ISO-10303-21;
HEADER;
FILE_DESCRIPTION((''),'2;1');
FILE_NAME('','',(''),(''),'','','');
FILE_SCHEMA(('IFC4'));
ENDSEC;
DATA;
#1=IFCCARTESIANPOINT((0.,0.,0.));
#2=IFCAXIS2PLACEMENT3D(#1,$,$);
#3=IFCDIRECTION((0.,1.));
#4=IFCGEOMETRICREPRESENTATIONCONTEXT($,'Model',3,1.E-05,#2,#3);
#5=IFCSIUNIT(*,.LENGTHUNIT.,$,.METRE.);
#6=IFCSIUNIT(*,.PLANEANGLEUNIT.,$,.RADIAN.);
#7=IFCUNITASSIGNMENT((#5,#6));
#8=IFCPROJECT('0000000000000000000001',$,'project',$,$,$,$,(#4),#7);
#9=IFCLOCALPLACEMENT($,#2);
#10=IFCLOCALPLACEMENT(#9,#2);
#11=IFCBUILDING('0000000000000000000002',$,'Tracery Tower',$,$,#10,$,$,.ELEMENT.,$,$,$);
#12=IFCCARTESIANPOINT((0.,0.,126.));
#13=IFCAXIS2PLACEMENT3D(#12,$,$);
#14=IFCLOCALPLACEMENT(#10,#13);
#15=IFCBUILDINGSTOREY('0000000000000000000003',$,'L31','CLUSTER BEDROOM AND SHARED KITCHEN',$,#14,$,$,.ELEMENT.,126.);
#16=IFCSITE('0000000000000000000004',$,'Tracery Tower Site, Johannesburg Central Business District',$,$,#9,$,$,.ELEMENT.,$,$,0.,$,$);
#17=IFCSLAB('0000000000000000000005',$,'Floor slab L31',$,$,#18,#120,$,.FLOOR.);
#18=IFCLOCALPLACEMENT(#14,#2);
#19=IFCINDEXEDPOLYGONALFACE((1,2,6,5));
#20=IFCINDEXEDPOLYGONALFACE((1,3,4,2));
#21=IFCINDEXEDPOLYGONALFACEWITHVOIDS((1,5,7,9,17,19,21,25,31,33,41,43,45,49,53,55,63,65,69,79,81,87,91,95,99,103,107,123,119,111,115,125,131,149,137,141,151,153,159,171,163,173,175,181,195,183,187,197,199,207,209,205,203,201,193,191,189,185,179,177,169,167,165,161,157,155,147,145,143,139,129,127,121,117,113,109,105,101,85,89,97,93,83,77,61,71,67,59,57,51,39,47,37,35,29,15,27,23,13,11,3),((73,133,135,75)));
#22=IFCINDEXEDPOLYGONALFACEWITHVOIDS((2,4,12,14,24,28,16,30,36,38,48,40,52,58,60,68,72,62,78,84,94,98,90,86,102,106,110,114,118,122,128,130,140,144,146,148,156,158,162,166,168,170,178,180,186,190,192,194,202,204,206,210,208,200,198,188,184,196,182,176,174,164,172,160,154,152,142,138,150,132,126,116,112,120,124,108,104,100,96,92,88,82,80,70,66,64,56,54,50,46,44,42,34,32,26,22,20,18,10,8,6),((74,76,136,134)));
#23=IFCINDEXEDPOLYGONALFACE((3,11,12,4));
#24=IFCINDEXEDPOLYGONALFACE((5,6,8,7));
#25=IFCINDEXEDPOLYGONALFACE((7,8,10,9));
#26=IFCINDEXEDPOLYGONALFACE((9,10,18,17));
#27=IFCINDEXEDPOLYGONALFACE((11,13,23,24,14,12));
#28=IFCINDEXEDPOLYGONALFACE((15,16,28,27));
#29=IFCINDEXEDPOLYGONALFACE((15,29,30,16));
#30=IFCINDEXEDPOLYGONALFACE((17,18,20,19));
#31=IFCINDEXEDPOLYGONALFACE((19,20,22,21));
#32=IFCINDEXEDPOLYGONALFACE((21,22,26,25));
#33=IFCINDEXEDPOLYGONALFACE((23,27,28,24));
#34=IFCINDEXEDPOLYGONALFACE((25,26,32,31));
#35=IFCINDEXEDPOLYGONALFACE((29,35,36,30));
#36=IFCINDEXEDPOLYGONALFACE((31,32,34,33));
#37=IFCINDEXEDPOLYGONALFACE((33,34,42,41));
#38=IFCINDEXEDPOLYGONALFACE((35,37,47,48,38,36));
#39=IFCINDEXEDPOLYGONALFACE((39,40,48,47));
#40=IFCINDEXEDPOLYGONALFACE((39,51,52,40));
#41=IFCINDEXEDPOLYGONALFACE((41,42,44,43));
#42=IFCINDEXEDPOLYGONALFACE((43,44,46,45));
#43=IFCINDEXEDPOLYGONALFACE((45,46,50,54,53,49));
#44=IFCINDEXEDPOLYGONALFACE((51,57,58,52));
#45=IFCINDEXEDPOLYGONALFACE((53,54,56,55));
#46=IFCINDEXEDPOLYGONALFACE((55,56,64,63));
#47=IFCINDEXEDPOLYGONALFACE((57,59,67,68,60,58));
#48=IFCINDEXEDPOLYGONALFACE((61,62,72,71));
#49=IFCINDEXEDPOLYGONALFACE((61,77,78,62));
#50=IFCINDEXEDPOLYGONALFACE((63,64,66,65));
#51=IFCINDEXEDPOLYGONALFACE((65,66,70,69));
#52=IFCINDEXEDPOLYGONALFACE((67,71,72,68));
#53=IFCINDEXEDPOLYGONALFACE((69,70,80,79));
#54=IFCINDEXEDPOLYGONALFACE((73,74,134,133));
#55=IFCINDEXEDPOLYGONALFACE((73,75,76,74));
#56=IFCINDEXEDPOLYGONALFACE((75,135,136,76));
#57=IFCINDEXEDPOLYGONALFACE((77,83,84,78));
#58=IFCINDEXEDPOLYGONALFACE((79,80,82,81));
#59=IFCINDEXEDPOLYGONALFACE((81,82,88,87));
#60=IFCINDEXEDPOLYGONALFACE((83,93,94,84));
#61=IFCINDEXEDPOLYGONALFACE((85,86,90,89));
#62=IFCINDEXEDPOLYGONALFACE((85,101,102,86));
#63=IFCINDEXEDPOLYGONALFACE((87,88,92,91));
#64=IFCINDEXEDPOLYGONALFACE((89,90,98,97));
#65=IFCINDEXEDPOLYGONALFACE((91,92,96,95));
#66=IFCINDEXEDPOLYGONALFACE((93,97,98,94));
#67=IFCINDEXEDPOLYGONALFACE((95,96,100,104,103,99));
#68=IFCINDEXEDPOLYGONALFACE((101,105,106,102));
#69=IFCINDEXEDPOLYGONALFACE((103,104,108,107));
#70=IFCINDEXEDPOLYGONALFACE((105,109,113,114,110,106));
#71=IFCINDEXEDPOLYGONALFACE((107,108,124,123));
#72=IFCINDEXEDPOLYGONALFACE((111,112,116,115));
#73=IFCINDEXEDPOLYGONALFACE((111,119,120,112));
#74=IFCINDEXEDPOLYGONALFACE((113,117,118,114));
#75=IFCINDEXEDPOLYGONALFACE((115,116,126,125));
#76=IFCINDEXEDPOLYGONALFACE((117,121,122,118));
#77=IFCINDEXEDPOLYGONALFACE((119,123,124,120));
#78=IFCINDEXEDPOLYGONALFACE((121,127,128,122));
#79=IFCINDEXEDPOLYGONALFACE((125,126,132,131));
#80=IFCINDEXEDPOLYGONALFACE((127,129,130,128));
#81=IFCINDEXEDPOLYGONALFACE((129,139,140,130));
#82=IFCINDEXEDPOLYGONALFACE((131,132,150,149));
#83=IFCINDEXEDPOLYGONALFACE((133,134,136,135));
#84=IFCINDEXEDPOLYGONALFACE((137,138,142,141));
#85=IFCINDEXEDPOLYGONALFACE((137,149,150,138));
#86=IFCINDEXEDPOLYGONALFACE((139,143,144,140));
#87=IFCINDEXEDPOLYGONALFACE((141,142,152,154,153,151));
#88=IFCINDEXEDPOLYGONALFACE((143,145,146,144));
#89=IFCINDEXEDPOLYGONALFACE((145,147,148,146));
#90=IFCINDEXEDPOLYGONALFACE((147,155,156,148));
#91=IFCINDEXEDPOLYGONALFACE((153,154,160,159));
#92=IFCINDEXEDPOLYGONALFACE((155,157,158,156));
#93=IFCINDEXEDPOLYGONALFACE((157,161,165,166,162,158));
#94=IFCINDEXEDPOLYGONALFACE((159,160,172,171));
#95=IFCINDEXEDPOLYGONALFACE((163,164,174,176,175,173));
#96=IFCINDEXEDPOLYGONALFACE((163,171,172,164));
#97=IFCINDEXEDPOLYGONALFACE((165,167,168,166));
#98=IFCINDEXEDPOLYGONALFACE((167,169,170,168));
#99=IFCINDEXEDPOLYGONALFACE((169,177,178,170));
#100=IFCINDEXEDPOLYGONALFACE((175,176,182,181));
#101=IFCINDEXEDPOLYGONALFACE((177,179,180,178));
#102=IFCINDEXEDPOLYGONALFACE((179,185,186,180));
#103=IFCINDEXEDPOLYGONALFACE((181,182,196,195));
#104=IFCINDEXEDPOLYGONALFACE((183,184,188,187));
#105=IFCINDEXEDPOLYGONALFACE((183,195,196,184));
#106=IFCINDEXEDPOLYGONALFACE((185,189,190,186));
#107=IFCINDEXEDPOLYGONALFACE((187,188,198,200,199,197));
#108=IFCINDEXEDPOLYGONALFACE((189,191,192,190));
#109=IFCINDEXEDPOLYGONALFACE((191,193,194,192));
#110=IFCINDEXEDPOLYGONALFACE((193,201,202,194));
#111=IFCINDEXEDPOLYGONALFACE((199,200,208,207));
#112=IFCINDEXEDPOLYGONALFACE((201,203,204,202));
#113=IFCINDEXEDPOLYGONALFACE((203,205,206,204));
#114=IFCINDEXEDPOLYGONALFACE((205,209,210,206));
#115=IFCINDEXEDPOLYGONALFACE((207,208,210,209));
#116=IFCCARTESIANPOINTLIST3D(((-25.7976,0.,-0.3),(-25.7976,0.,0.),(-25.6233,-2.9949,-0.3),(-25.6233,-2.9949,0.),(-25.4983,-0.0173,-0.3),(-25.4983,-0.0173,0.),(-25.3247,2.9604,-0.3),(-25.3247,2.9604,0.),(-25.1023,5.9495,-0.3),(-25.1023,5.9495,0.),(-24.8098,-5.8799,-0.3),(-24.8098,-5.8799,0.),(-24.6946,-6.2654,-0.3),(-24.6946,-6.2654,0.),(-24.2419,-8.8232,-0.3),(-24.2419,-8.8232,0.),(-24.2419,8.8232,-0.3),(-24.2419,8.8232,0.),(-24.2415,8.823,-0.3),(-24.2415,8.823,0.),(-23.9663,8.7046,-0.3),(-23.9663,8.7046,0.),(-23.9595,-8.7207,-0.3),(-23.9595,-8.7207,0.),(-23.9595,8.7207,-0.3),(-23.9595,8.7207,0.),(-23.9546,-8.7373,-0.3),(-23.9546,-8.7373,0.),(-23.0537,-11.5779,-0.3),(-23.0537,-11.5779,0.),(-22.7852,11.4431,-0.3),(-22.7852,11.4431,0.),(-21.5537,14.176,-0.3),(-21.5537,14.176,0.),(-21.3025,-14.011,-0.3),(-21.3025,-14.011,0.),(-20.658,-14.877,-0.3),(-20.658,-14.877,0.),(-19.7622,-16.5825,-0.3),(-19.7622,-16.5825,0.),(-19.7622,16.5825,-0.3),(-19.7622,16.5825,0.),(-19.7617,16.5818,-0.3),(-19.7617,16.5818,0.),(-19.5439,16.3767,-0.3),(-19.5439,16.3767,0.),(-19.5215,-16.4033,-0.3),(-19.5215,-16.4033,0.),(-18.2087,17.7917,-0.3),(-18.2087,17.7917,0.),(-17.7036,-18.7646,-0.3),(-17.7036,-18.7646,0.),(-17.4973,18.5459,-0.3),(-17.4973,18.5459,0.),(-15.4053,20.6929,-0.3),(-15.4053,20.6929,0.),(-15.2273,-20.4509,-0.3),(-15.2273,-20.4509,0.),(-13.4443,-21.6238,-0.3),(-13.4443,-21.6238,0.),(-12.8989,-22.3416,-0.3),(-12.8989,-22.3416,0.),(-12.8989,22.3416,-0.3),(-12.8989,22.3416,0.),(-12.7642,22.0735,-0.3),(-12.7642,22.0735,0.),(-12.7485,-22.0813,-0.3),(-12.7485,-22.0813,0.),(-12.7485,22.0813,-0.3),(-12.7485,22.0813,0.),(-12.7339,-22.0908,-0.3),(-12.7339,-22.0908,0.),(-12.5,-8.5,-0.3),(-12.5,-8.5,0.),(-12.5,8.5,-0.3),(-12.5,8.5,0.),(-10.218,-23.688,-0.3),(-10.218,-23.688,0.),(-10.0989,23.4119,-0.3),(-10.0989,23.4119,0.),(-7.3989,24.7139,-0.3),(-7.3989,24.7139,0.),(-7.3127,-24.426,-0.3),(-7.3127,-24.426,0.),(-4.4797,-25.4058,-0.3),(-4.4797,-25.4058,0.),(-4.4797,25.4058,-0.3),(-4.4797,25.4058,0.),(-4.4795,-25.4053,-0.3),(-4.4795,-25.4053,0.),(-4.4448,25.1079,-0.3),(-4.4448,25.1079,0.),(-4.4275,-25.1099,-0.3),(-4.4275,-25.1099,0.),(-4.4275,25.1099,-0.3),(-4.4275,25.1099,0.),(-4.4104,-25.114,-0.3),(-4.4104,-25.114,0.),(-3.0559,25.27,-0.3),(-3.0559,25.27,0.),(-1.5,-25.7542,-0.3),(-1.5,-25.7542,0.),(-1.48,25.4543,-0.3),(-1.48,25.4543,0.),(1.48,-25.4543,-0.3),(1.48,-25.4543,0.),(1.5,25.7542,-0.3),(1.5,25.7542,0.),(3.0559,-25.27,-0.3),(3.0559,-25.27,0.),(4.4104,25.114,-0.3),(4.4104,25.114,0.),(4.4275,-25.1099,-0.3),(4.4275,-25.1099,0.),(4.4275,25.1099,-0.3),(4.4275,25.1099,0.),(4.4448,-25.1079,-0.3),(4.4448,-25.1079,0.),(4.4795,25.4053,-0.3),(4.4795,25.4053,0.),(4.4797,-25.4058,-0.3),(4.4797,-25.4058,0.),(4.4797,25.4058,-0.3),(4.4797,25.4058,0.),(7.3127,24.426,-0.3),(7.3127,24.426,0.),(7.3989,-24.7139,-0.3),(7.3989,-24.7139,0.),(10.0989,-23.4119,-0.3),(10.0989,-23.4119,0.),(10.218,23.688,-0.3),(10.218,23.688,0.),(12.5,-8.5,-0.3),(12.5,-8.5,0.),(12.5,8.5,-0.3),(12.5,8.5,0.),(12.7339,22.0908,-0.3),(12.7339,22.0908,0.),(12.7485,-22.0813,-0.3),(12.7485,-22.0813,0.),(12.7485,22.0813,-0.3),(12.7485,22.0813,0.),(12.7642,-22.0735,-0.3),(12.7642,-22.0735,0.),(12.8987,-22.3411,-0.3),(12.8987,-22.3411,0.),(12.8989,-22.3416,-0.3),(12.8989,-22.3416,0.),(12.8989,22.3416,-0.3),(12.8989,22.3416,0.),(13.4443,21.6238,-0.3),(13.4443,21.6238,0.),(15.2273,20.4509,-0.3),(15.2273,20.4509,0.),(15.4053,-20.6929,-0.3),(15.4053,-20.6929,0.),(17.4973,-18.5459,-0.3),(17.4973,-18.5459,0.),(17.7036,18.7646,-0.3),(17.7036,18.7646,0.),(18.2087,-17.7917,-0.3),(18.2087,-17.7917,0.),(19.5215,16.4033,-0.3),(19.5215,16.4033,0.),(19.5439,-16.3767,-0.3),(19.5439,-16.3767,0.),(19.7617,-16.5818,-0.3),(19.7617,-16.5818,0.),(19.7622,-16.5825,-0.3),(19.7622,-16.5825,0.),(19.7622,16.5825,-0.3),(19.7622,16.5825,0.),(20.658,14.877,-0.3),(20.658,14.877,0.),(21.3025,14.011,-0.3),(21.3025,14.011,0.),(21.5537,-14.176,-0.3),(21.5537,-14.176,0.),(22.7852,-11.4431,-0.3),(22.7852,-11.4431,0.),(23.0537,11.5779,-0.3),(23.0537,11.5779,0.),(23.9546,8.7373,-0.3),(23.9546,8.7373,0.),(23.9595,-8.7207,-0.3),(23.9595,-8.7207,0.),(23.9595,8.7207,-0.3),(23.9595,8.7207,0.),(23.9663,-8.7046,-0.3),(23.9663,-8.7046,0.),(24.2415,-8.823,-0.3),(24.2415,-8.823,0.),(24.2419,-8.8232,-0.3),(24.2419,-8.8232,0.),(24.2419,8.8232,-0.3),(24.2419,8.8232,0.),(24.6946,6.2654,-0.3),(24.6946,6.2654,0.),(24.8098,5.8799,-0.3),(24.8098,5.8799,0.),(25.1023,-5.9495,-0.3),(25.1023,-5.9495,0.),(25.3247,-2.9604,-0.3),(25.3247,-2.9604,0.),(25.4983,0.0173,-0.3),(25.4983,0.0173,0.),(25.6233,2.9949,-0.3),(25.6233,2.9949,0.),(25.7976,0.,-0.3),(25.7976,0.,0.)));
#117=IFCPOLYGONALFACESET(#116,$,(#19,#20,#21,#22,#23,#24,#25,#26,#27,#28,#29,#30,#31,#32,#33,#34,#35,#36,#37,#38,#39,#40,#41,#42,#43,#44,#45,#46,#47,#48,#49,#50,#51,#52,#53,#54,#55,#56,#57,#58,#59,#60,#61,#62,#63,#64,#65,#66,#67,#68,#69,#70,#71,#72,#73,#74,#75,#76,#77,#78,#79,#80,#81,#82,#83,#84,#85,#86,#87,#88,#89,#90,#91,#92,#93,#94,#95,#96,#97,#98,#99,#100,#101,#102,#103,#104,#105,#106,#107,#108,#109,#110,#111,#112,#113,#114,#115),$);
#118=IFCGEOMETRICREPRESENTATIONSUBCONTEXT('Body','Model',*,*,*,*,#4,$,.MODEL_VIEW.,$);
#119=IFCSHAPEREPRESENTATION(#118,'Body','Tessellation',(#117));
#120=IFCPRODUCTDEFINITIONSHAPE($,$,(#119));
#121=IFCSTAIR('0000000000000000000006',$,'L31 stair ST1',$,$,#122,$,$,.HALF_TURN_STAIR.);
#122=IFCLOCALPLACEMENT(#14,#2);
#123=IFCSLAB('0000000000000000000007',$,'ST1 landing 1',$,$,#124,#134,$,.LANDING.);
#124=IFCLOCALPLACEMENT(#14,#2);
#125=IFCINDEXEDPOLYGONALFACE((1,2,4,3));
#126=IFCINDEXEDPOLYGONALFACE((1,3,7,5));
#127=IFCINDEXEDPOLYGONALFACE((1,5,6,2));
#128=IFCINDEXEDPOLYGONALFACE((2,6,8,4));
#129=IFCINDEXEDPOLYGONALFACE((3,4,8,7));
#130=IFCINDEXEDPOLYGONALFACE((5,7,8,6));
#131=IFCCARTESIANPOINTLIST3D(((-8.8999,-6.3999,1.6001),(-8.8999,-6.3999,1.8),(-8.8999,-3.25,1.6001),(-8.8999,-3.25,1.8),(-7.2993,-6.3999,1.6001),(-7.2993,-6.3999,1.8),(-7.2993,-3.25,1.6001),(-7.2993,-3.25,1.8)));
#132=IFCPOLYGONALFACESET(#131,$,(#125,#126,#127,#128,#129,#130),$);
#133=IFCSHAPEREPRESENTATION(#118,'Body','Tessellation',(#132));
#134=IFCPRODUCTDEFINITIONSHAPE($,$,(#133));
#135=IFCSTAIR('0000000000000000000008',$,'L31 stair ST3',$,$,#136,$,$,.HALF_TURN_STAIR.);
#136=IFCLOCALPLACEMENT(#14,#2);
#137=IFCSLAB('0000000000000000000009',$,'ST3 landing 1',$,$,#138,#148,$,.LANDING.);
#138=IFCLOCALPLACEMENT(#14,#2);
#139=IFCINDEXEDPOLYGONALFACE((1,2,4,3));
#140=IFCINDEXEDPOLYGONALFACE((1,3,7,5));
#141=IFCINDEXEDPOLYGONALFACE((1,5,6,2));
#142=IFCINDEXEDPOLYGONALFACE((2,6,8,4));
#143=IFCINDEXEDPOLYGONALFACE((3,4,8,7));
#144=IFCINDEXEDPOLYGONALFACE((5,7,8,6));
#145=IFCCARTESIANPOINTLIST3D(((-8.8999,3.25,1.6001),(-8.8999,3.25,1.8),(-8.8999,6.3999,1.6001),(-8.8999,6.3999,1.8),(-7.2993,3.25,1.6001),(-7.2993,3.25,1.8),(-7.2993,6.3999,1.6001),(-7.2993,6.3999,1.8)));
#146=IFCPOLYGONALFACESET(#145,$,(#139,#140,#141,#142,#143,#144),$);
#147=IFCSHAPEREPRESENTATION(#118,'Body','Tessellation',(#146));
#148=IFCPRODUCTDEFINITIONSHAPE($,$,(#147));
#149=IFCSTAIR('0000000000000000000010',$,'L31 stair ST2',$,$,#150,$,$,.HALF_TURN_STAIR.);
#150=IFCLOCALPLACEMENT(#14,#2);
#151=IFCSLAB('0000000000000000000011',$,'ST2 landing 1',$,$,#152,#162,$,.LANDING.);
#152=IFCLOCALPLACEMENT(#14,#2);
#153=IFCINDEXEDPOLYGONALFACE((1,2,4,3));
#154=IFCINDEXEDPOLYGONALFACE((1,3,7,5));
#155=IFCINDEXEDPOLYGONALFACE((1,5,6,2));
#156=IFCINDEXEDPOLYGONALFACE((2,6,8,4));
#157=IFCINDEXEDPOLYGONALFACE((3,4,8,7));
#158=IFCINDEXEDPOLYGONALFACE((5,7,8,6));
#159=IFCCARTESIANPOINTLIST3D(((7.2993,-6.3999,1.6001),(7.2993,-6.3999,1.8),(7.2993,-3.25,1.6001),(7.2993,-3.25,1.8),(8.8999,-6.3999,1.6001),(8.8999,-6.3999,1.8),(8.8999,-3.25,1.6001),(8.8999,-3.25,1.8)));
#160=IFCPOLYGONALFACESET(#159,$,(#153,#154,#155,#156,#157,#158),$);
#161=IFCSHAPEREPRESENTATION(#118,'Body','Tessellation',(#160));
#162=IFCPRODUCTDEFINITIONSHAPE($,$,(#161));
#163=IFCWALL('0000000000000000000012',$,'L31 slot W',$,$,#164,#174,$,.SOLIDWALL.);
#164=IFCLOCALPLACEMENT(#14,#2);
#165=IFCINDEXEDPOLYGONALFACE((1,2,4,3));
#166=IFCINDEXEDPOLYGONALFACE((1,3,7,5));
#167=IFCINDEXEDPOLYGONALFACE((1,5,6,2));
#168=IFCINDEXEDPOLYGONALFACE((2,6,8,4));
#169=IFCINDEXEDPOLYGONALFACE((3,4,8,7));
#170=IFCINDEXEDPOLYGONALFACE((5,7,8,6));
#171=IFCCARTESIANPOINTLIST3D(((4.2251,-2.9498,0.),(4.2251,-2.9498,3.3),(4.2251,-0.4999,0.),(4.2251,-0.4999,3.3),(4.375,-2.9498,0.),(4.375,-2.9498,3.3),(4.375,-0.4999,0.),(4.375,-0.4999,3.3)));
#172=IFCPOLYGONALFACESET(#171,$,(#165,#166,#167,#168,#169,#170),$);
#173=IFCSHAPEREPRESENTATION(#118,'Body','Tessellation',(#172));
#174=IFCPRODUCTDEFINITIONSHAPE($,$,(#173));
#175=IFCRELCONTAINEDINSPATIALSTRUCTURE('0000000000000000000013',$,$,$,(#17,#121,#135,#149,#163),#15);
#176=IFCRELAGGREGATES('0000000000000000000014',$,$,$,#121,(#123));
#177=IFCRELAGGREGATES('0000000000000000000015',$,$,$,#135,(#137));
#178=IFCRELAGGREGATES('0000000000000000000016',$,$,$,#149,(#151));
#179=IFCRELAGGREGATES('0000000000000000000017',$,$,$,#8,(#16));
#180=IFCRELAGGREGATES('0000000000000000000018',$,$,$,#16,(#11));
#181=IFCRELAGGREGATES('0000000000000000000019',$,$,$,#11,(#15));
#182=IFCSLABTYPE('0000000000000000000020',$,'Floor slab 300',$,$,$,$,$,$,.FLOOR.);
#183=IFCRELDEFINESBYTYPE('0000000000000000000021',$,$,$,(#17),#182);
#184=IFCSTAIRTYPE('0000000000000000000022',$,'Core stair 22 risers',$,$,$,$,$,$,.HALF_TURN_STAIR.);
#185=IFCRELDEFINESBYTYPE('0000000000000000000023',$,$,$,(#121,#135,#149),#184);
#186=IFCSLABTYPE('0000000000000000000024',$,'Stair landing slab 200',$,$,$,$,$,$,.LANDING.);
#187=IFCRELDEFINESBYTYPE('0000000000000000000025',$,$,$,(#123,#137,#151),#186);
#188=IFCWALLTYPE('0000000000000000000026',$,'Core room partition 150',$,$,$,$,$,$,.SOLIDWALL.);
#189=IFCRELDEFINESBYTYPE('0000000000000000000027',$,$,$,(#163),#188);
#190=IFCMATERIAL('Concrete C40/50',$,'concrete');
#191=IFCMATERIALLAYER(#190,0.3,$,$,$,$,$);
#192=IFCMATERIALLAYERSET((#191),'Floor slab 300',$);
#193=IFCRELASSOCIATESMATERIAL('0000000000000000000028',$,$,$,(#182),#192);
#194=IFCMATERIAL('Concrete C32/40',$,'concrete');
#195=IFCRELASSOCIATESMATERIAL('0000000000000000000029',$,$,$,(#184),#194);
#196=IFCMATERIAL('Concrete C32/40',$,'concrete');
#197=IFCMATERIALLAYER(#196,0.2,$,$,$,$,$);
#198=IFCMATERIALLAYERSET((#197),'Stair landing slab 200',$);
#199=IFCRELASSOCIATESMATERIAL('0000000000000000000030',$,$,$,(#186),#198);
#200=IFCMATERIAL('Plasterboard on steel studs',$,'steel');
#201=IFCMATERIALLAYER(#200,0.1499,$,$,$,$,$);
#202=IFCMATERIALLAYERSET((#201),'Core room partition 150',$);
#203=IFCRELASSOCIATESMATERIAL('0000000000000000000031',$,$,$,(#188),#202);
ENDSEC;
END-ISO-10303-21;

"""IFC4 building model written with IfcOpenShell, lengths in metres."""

from ifc_helpers import new_model, si_unit, direction, frame, frame_2d, origin, place, context, subcontext, project, spatial, polyline, rectangle, outline, extrude, material, layer, layer_set, type_object, element, aggregate, save


model = new_model("IFC4")

# Units and contexts
model_context = context("Model", 3, precision=1e-05, world=origin(), true_north=direction((0.0, 1.0)))
body_context = subcontext(model_context, "Body", "Model", "MODEL_VIEW")
ifc_project = project(units=[si_unit("LENGTHUNIT", "METRE"), si_unit("PLANEANGLEUNIT", "RADIAN")], contexts=[model_context])

# Site, building, storey
site_placement = place(None, origin())
site = spatial("IfcSite", under=ifc_project, at=site_placement, Name="Tracery Tower Site, Johannesburg Central Business District", CompositionType="ELEMENT", RefElevation=0.0)
building_placement = place(site_placement, origin())
building = spatial("IfcBuilding", under=site, at=building_placement, Name="Tracery Tower", CompositionType="ELEMENT")
storey_placement = place(building_placement, frame((0.0, 0.0, 126.0)))
storey = spatial("IfcBuildingStorey", under=building, at=storey_placement, Name="L31", Description="CLUSTER BEDROOM AND SHARED KITCHEN", CompositionType="ELEMENT", Elevation=126.0)

# Slab
ifc_material_1 = material(Name="Concrete C40/50", Category="concrete")
ifc_layer_1 = layer(ifc_material_1, 0.3)
ifc_layer_set_1 = layer_set([ifc_layer_1], Name="Floor slab 300")
slab_type_1 = type_object("IfcSlabType", Name="Floor slab 300", PredefinedType="FLOOR", material=ifc_layer_set_1)
slab_1_placement = place(storey_placement, frame((0.0, 0.0, -0.3)))
element("IfcSlab", 1, at=slab_1_placement, inside=storey, type_object=slab_type_1, Name="Floor slab L31", PredefinedType="FLOOR", context=body_context, shape_type="SweptSolid", body=[
    extrude(outline(polyline([(24.8098, 5.8799), (24.6946, 6.2654), (23.9595, 8.7207), (23.9595, 8.7207), (23.9546, 8.7373), (24.2419, 8.8232), (23.0537, 11.5779), (21.3025, 14.011), (20.658, 14.877), (19.5215, 16.4033), (19.7622, 16.5825), (17.7036, 18.7646), (15.2273, 20.4509), (13.4443, 21.6238), (12.7485, 22.0813), (12.7485, 22.0813), (12.7339, 22.0908), (12.8989, 22.3416), (10.218, 23.688), (7.3127, 24.426), (4.4275, 25.1099), (4.4275, 25.1099), (4.4104, 25.114), (4.4795, 25.4053), (4.4797, 25.4058), (1.5, 25.7542), (-1.48, 25.4543), (-3.0559, 25.27), (-4.4275, 25.1099), (-4.4275, 25.1099), (-4.4448, 25.1079), (-4.4797, 25.4058), (-7.3989, 24.7139), (-10.0989, 23.4119), (-12.7485, 22.0813), (-12.7485, 22.0813), (-12.7642, 22.0735), (-12.8989, 22.3416), (-15.4053, 20.6929), (-17.4973, 18.5459), (-18.2087, 17.7917), (-19.5439, 16.3767), (-19.7617, 16.5818), (-19.7622, 16.5825), (-21.5537, 14.176), (-22.7852, 11.4431), (-23.9595, 8.7207), (-23.9595, 8.7207), (-23.9663, 8.7046), (-24.2415, 8.823), (-24.2419, 8.8232), (-25.1023, 5.9495), (-25.3247, 2.9604), (-25.4983, -0.0173), (-25.7976, 0.0), (-25.7976, 0.0), (-25.6233, -2.9949), (-24.8098, -5.8799), (-24.6946, -6.2654), (-23.9595, -8.7207), (-23.9595, -8.7207), (-23.9546, -8.7373), (-24.2419, -8.8232), (-23.0537, -11.5779), (-21.3025, -14.011), (-20.658, -14.877), (-19.5215, -16.4033), (-19.7622, -16.5825), (-17.7036, -18.7646), (-15.2273, -20.4509), (-13.4443, -21.6238), (-12.7485, -22.0813), (-12.7485, -22.0813), (-12.7339, -22.0908), (-12.8989, -22.3416), (-10.218, -23.688), (-7.3127, -24.426), (-4.4275, -25.1099), (-4.4275, -25.1099), (-4.4104, -25.114), (-4.4795, -25.4053), (-4.4797, -25.4058), (-1.5, -25.7542), (1.48, -25.4543), (3.0559, -25.27), (4.4275, -25.1099), (4.4275, -25.1099), (4.4448, -25.1079), (4.4797, -25.4058), (7.3989, -24.7139), (10.0989, -23.4119), (12.7485, -22.0813), (12.7485, -22.0813), (12.7642, -22.0735), (12.8987, -22.3411), (12.8989, -22.3416), (15.4053, -20.6929), (17.4973, -18.5459), (18.2087, -17.7917), (19.5439, -16.3767), (19.7617, -16.5818), (19.7622, -16.5825), (21.5537, -14.176), (22.7852, -11.4431), (23.9595, -8.7207), (23.9595, -8.7207), (23.9663, -8.7046), (24.2415, -8.823), (24.2419, -8.8232), (25.1023, -5.9495), (25.3247, -2.9604), (25.4983, 0.0173), (25.7976, 0.0), (25.6233, 2.9949), (24.8098, 5.8799)]), holes=[polyline([(-12.5, -8.5), (12.5, -8.5), (12.5, 8.5), (-12.5, 8.5), (-12.5, -8.5)])]), origin(), (0.0, 0.0, 1.0), 0.3),
])

# Stairs, slabs
ifc_material_2 = material(Name="Concrete C32/40", Category="concrete")
stair_type = type_object("IfcStairType", Name="Core stair 22 risers", PredefinedType="HALF_TURN_STAIR", material=ifc_material_2)
stair_1_placement = place(storey_placement, origin())
stair_1 = element("IfcStair", 2, at=stair_1_placement, inside=storey, type_object=stair_type, Name="L31 stair ST1", PredefinedType="HALF_TURN_STAIR")
ifc_material_3 = material(Name="Concrete C32/40", Category="concrete")
ifc_layer_2 = layer(ifc_material_3, 0.2)
ifc_layer_set_2 = layer_set([ifc_layer_2], Name="Stair landing slab 200")
slab_type_2 = type_object("IfcSlabType", Name="Stair landing slab 200", PredefinedType="LANDING", material=ifc_layer_set_2)
slab_2_placement = place(storey_placement, frame((0.0, 0.0, 1.6001)))
slab_2 = element("IfcSlab", 3, at=slab_2_placement, type_object=slab_type_2, Name="ST1 landing 1", PredefinedType="LANDING", context=body_context, shape_type="SweptSolid", body=[
    extrude(outline(polyline([(-7.2993, -3.25), (-8.8999, -3.25), (-8.8999, -6.3999), (-7.2993, -6.3999), (-7.2993, -3.25)])), origin(), (0.0, 0.0, 1.0), 0.2),
])
aggregate(stair_1, [slab_2])
stair_2_placement = place(storey_placement, origin())
stair_2 = element("IfcStair", 4, at=stair_2_placement, inside=storey, type_object=stair_type, Name="L31 stair ST3", PredefinedType="HALF_TURN_STAIR")
slab_3_placement = place(storey_placement, frame((0.0, 0.0, 1.6001)))
slab_3 = element("IfcSlab", 5, at=slab_3_placement, type_object=slab_type_2, Name="ST3 landing 1", PredefinedType="LANDING", context=body_context, shape_type="SweptSolid", body=[
    extrude(outline(polyline([(-7.2993, 6.3999), (-8.8999, 6.3999), (-8.8999, 3.25), (-7.2993, 3.25), (-7.2993, 6.3999)])), origin(), (0.0, 0.0, 1.0), 0.2),
])
aggregate(stair_2, [slab_3])
stair_3_placement = place(storey_placement, origin())
stair_3 = element("IfcStair", 6, at=stair_3_placement, inside=storey, type_object=stair_type, Name="L31 stair ST2", PredefinedType="HALF_TURN_STAIR")
slab_4_placement = place(storey_placement, frame((0.0, 0.0, 1.6001)))
slab_4 = element("IfcSlab", 7, at=slab_4_placement, type_object=slab_type_2, Name="ST2 landing 1", PredefinedType="LANDING", context=body_context, shape_type="SweptSolid", body=[
    extrude(outline(polyline([(7.2993, -6.3999), (8.8999, -6.3999), (8.8999, -3.25), (7.2993, -3.25), (7.2993, -6.3999)])), origin(), (0.0, 0.0, 1.0), 0.2),
])

# Wall
ifc_material_4 = material(Name="Plasterboard on steel studs", Category="steel")
ifc_layer_3 = layer(ifc_material_4, 0.1499)
ifc_layer_set_3 = layer_set([ifc_layer_3], Name="Core room partition 150")
wall_type_1 = type_object("IfcWallType", Name="Core room partition 150", PredefinedType="SOLIDWALL", material=ifc_layer_set_3)
wall_1_placement = place(storey_placement, frame((4.3, -2.95, 0.0), z_axis=(0.0, 0.0, 1.0), x_axis=(0.0, 1.0, 0.0)))
element("IfcWall", 8, at=wall_1_placement, inside=storey, type_object=wall_type_1, Name="L31 slot W", PredefinedType="SOLIDWALL", context=body_context, shape_type="SweptSolid", body=[
    extrude(rectangle(XDim=2.45, YDim=0.1499, at=frame_2d((1.2251, 0.0))), origin(), (0.0, 0.0, 1.0), 3.3),
])

aggregate(stair_3, [slab_4])

save(model, "model.ifc")
